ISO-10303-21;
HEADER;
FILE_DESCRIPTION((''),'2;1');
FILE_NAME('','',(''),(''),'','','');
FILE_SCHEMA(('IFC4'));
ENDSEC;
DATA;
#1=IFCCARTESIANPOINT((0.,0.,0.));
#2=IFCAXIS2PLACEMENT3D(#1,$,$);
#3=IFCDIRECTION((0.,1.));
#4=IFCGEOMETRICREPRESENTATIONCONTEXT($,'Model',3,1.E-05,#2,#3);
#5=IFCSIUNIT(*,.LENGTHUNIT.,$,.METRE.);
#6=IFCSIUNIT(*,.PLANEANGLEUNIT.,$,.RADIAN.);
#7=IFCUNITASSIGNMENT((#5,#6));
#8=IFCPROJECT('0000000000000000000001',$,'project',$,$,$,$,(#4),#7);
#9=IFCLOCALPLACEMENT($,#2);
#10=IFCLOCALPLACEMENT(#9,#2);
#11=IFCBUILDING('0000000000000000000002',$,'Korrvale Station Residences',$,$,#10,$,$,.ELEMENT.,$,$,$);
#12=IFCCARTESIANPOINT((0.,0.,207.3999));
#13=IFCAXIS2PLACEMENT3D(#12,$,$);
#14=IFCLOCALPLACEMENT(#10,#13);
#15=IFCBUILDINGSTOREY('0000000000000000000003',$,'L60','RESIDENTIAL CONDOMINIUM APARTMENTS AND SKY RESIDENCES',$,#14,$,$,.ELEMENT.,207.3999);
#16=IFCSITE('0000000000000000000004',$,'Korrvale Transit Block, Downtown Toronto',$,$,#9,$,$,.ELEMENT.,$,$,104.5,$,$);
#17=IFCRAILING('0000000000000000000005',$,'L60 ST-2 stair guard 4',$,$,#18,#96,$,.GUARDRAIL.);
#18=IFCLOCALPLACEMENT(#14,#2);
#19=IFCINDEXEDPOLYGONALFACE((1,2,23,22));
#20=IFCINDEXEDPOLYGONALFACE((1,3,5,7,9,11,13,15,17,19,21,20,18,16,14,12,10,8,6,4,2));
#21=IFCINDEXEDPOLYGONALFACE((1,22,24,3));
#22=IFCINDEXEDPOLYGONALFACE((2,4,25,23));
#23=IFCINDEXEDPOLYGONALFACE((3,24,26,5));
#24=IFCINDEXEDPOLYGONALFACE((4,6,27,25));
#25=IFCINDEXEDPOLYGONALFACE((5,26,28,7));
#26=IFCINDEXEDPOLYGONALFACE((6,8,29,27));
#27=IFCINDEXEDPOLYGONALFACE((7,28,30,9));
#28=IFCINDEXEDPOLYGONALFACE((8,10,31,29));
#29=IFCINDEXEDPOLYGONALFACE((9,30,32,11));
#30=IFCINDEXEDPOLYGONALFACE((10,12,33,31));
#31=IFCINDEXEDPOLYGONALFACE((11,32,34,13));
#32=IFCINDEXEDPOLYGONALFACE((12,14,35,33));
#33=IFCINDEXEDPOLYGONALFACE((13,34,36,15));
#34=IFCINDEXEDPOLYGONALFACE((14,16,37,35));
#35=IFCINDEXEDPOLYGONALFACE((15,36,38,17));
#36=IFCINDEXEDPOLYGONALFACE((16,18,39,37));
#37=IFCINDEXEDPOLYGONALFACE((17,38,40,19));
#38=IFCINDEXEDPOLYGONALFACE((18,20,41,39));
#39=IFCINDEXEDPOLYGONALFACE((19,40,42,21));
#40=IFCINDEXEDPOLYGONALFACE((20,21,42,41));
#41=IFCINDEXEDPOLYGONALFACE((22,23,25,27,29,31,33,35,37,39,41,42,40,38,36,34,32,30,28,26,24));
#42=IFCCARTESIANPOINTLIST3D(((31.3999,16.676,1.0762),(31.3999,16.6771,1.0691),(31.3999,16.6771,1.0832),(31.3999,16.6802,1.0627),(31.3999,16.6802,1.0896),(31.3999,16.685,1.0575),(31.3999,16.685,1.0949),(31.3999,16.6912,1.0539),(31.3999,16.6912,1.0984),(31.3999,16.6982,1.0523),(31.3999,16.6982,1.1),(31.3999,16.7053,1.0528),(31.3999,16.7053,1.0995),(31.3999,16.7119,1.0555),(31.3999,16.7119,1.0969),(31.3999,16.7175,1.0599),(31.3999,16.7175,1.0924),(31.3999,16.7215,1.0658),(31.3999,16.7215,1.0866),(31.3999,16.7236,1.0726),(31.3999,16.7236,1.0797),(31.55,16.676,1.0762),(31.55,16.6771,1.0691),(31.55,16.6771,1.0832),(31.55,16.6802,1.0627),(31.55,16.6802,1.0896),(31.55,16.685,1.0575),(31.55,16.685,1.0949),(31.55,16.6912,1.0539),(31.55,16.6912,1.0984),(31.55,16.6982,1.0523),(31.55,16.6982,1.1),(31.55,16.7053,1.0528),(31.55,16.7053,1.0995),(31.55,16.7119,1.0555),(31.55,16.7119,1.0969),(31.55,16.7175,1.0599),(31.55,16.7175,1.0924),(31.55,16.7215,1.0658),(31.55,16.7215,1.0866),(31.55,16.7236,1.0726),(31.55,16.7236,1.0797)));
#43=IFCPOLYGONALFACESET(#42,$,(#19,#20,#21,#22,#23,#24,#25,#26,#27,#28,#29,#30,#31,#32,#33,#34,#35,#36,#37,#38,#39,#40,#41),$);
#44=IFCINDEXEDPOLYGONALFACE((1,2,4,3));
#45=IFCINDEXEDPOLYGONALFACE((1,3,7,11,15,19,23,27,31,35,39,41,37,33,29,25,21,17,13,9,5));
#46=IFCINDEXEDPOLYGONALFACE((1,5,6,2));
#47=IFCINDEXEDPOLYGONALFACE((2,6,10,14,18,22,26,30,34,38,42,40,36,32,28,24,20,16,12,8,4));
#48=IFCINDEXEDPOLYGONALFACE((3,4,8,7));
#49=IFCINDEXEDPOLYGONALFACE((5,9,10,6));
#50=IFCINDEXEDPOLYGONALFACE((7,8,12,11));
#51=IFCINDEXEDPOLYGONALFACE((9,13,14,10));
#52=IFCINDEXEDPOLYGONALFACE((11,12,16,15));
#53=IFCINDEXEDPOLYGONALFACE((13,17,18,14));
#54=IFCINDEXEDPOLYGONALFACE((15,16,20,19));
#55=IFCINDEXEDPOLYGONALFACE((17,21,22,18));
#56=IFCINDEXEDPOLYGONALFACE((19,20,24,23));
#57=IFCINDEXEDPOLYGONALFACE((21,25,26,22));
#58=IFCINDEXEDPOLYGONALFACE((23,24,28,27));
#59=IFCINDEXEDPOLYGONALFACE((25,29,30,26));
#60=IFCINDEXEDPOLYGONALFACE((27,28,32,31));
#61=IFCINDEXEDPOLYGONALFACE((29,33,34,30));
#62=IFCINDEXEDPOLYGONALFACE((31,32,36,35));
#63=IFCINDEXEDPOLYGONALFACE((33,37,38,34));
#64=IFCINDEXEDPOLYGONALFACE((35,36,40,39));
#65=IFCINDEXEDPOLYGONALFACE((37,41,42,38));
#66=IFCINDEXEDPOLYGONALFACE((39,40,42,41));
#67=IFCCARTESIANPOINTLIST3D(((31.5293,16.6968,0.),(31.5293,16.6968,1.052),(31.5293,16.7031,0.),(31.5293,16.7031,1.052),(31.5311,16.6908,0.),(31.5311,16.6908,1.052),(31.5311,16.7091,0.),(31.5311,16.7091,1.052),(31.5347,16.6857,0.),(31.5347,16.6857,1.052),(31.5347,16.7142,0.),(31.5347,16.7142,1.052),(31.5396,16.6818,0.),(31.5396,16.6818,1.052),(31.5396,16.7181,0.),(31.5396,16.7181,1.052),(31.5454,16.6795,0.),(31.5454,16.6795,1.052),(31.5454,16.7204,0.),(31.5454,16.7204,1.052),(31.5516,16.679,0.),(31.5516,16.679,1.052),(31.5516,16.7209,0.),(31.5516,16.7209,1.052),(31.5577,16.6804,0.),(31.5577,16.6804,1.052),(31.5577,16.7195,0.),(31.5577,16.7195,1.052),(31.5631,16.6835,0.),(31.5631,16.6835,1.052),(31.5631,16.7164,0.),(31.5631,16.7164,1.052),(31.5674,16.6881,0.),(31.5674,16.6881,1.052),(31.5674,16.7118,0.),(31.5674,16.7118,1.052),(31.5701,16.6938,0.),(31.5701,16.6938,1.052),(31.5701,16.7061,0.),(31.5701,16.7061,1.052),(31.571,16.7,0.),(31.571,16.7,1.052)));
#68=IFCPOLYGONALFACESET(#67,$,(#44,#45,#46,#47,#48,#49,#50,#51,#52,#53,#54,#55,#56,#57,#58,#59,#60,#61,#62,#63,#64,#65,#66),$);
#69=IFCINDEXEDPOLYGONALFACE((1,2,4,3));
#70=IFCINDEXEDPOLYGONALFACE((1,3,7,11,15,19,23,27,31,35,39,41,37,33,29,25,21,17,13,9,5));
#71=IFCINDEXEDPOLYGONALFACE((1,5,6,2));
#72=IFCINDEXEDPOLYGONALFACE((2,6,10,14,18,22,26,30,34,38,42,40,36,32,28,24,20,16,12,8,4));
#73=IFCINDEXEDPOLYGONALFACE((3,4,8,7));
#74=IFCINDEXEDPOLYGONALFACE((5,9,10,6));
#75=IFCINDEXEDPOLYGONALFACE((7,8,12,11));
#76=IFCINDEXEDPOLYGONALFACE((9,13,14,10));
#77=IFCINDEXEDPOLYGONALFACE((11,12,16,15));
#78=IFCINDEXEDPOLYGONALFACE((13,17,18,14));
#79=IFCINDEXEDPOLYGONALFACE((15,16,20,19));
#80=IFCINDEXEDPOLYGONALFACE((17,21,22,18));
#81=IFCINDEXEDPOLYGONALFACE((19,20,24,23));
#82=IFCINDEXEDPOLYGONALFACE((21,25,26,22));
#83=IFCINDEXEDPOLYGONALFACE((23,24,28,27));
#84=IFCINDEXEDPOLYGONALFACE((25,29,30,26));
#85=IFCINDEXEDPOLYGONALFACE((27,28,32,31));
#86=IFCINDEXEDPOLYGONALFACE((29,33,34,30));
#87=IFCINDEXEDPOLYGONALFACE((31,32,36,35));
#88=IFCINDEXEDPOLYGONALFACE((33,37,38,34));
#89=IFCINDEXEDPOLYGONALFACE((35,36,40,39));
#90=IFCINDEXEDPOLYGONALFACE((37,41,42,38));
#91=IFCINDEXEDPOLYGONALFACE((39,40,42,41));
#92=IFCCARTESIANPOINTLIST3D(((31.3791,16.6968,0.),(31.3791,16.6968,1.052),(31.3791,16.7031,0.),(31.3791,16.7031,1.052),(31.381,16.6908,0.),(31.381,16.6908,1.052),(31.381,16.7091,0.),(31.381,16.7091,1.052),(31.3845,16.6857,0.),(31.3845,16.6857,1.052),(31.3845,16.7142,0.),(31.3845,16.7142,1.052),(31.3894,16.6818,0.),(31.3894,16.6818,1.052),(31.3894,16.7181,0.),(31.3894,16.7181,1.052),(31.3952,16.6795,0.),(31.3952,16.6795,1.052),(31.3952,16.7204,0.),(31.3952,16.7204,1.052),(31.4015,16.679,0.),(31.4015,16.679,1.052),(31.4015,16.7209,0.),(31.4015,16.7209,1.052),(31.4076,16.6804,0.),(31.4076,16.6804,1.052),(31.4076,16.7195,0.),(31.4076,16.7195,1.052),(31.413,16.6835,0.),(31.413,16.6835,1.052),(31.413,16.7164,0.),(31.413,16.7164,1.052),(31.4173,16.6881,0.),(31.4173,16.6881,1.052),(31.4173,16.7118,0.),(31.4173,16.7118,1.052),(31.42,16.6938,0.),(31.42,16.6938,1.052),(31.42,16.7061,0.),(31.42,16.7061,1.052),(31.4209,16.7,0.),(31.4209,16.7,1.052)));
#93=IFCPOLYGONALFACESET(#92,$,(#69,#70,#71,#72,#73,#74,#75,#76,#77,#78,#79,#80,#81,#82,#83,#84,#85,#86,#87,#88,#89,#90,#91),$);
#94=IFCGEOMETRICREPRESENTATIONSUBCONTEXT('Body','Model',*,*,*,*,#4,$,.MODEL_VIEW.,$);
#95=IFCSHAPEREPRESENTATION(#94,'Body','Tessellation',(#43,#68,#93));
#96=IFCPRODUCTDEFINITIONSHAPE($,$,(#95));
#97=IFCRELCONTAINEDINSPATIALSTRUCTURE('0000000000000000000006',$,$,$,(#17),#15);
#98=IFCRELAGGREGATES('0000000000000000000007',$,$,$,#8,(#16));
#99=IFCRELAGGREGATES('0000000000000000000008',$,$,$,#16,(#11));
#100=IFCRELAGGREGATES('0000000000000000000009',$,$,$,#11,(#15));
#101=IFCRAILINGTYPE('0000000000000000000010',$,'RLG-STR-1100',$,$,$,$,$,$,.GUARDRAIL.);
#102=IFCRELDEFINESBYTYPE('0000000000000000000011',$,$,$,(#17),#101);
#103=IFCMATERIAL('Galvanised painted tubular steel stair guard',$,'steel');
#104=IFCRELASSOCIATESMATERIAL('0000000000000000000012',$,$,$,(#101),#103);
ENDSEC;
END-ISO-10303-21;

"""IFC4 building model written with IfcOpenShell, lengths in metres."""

from ifc_helpers import new_model, si_unit, direction, frame, origin, origin_2d, place, context, subcontext, project, spatial, circle, extrude, material, type_object, element, save


model = new_model("IFC4")

# Units and contexts
model_context = context("Model", 3, precision=1e-05, world=origin(), true_north=direction((0.0, 1.0)))
body_context = subcontext(model_context, "Body", "Model", "MODEL_VIEW")
ifc_project = project(units=[si_unit("LENGTHUNIT", "METRE"), si_unit("PLANEANGLEUNIT", "RADIAN")], contexts=[model_context])

# Site, building, storey
site_placement = place(None, origin())
site = spatial("IfcSite", under=ifc_project, at=site_placement, Name="Korrvale Transit Block, Downtown Toronto", CompositionType="ELEMENT", RefElevation=104.5)
building_placement = place(site_placement, origin())
building = spatial("IfcBuilding", under=site, at=building_placement, Name="Korrvale Station Residences", CompositionType="ELEMENT")
storey_placement = place(building_placement, frame((0.0, 0.0, 207.3999)))
storey = spatial("IfcBuildingStorey", under=building, at=storey_placement, Name="L60", Description="RESIDENTIAL CONDOMINIUM APARTMENTS AND SKY RESIDENCES", CompositionType="ELEMENT", Elevation=207.3999)

# Railing
ifc_material_1 = material(Name="Galvanised painted tubular steel stair guard", Category="steel")
railing_type_1 = type_object("IfcRailingType", Name="RLG-STR-1100", PredefinedType="GUARDRAIL", material=ifc_material_1)
railing_1_placement = place(storey_placement, frame((31.55, 16.7, 0.0)))
element("IfcRailing", 1, at=railing_1_placement, inside=storey, type_object=railing_type_1, Name="L60 ST-2 stair guard 4", PredefinedType="GUARDRAIL", context=body_context, shape_type="SweptSolid", body=[
    extrude(circle(Radius=0.0239, at=origin_2d()), frame((0.0, 0.0, 1.0762), z_axis=(-1.0, 0.0, 0.0), x_axis=(0.0, -1.0, 0.0)), (0.0, 0.0, 1.0), 0.1501),
    extrude(circle(Radius=0.021, at=origin_2d()), origin(), (0.0, 0.0, 1.0), 1.052),
    extrude(circle(Radius=0.021, at=origin_2d()), frame((-0.1501, 0.0, 0.0)), (0.0, 0.0, 1.0), 1.052),
])

save(model, "model.ifc")
